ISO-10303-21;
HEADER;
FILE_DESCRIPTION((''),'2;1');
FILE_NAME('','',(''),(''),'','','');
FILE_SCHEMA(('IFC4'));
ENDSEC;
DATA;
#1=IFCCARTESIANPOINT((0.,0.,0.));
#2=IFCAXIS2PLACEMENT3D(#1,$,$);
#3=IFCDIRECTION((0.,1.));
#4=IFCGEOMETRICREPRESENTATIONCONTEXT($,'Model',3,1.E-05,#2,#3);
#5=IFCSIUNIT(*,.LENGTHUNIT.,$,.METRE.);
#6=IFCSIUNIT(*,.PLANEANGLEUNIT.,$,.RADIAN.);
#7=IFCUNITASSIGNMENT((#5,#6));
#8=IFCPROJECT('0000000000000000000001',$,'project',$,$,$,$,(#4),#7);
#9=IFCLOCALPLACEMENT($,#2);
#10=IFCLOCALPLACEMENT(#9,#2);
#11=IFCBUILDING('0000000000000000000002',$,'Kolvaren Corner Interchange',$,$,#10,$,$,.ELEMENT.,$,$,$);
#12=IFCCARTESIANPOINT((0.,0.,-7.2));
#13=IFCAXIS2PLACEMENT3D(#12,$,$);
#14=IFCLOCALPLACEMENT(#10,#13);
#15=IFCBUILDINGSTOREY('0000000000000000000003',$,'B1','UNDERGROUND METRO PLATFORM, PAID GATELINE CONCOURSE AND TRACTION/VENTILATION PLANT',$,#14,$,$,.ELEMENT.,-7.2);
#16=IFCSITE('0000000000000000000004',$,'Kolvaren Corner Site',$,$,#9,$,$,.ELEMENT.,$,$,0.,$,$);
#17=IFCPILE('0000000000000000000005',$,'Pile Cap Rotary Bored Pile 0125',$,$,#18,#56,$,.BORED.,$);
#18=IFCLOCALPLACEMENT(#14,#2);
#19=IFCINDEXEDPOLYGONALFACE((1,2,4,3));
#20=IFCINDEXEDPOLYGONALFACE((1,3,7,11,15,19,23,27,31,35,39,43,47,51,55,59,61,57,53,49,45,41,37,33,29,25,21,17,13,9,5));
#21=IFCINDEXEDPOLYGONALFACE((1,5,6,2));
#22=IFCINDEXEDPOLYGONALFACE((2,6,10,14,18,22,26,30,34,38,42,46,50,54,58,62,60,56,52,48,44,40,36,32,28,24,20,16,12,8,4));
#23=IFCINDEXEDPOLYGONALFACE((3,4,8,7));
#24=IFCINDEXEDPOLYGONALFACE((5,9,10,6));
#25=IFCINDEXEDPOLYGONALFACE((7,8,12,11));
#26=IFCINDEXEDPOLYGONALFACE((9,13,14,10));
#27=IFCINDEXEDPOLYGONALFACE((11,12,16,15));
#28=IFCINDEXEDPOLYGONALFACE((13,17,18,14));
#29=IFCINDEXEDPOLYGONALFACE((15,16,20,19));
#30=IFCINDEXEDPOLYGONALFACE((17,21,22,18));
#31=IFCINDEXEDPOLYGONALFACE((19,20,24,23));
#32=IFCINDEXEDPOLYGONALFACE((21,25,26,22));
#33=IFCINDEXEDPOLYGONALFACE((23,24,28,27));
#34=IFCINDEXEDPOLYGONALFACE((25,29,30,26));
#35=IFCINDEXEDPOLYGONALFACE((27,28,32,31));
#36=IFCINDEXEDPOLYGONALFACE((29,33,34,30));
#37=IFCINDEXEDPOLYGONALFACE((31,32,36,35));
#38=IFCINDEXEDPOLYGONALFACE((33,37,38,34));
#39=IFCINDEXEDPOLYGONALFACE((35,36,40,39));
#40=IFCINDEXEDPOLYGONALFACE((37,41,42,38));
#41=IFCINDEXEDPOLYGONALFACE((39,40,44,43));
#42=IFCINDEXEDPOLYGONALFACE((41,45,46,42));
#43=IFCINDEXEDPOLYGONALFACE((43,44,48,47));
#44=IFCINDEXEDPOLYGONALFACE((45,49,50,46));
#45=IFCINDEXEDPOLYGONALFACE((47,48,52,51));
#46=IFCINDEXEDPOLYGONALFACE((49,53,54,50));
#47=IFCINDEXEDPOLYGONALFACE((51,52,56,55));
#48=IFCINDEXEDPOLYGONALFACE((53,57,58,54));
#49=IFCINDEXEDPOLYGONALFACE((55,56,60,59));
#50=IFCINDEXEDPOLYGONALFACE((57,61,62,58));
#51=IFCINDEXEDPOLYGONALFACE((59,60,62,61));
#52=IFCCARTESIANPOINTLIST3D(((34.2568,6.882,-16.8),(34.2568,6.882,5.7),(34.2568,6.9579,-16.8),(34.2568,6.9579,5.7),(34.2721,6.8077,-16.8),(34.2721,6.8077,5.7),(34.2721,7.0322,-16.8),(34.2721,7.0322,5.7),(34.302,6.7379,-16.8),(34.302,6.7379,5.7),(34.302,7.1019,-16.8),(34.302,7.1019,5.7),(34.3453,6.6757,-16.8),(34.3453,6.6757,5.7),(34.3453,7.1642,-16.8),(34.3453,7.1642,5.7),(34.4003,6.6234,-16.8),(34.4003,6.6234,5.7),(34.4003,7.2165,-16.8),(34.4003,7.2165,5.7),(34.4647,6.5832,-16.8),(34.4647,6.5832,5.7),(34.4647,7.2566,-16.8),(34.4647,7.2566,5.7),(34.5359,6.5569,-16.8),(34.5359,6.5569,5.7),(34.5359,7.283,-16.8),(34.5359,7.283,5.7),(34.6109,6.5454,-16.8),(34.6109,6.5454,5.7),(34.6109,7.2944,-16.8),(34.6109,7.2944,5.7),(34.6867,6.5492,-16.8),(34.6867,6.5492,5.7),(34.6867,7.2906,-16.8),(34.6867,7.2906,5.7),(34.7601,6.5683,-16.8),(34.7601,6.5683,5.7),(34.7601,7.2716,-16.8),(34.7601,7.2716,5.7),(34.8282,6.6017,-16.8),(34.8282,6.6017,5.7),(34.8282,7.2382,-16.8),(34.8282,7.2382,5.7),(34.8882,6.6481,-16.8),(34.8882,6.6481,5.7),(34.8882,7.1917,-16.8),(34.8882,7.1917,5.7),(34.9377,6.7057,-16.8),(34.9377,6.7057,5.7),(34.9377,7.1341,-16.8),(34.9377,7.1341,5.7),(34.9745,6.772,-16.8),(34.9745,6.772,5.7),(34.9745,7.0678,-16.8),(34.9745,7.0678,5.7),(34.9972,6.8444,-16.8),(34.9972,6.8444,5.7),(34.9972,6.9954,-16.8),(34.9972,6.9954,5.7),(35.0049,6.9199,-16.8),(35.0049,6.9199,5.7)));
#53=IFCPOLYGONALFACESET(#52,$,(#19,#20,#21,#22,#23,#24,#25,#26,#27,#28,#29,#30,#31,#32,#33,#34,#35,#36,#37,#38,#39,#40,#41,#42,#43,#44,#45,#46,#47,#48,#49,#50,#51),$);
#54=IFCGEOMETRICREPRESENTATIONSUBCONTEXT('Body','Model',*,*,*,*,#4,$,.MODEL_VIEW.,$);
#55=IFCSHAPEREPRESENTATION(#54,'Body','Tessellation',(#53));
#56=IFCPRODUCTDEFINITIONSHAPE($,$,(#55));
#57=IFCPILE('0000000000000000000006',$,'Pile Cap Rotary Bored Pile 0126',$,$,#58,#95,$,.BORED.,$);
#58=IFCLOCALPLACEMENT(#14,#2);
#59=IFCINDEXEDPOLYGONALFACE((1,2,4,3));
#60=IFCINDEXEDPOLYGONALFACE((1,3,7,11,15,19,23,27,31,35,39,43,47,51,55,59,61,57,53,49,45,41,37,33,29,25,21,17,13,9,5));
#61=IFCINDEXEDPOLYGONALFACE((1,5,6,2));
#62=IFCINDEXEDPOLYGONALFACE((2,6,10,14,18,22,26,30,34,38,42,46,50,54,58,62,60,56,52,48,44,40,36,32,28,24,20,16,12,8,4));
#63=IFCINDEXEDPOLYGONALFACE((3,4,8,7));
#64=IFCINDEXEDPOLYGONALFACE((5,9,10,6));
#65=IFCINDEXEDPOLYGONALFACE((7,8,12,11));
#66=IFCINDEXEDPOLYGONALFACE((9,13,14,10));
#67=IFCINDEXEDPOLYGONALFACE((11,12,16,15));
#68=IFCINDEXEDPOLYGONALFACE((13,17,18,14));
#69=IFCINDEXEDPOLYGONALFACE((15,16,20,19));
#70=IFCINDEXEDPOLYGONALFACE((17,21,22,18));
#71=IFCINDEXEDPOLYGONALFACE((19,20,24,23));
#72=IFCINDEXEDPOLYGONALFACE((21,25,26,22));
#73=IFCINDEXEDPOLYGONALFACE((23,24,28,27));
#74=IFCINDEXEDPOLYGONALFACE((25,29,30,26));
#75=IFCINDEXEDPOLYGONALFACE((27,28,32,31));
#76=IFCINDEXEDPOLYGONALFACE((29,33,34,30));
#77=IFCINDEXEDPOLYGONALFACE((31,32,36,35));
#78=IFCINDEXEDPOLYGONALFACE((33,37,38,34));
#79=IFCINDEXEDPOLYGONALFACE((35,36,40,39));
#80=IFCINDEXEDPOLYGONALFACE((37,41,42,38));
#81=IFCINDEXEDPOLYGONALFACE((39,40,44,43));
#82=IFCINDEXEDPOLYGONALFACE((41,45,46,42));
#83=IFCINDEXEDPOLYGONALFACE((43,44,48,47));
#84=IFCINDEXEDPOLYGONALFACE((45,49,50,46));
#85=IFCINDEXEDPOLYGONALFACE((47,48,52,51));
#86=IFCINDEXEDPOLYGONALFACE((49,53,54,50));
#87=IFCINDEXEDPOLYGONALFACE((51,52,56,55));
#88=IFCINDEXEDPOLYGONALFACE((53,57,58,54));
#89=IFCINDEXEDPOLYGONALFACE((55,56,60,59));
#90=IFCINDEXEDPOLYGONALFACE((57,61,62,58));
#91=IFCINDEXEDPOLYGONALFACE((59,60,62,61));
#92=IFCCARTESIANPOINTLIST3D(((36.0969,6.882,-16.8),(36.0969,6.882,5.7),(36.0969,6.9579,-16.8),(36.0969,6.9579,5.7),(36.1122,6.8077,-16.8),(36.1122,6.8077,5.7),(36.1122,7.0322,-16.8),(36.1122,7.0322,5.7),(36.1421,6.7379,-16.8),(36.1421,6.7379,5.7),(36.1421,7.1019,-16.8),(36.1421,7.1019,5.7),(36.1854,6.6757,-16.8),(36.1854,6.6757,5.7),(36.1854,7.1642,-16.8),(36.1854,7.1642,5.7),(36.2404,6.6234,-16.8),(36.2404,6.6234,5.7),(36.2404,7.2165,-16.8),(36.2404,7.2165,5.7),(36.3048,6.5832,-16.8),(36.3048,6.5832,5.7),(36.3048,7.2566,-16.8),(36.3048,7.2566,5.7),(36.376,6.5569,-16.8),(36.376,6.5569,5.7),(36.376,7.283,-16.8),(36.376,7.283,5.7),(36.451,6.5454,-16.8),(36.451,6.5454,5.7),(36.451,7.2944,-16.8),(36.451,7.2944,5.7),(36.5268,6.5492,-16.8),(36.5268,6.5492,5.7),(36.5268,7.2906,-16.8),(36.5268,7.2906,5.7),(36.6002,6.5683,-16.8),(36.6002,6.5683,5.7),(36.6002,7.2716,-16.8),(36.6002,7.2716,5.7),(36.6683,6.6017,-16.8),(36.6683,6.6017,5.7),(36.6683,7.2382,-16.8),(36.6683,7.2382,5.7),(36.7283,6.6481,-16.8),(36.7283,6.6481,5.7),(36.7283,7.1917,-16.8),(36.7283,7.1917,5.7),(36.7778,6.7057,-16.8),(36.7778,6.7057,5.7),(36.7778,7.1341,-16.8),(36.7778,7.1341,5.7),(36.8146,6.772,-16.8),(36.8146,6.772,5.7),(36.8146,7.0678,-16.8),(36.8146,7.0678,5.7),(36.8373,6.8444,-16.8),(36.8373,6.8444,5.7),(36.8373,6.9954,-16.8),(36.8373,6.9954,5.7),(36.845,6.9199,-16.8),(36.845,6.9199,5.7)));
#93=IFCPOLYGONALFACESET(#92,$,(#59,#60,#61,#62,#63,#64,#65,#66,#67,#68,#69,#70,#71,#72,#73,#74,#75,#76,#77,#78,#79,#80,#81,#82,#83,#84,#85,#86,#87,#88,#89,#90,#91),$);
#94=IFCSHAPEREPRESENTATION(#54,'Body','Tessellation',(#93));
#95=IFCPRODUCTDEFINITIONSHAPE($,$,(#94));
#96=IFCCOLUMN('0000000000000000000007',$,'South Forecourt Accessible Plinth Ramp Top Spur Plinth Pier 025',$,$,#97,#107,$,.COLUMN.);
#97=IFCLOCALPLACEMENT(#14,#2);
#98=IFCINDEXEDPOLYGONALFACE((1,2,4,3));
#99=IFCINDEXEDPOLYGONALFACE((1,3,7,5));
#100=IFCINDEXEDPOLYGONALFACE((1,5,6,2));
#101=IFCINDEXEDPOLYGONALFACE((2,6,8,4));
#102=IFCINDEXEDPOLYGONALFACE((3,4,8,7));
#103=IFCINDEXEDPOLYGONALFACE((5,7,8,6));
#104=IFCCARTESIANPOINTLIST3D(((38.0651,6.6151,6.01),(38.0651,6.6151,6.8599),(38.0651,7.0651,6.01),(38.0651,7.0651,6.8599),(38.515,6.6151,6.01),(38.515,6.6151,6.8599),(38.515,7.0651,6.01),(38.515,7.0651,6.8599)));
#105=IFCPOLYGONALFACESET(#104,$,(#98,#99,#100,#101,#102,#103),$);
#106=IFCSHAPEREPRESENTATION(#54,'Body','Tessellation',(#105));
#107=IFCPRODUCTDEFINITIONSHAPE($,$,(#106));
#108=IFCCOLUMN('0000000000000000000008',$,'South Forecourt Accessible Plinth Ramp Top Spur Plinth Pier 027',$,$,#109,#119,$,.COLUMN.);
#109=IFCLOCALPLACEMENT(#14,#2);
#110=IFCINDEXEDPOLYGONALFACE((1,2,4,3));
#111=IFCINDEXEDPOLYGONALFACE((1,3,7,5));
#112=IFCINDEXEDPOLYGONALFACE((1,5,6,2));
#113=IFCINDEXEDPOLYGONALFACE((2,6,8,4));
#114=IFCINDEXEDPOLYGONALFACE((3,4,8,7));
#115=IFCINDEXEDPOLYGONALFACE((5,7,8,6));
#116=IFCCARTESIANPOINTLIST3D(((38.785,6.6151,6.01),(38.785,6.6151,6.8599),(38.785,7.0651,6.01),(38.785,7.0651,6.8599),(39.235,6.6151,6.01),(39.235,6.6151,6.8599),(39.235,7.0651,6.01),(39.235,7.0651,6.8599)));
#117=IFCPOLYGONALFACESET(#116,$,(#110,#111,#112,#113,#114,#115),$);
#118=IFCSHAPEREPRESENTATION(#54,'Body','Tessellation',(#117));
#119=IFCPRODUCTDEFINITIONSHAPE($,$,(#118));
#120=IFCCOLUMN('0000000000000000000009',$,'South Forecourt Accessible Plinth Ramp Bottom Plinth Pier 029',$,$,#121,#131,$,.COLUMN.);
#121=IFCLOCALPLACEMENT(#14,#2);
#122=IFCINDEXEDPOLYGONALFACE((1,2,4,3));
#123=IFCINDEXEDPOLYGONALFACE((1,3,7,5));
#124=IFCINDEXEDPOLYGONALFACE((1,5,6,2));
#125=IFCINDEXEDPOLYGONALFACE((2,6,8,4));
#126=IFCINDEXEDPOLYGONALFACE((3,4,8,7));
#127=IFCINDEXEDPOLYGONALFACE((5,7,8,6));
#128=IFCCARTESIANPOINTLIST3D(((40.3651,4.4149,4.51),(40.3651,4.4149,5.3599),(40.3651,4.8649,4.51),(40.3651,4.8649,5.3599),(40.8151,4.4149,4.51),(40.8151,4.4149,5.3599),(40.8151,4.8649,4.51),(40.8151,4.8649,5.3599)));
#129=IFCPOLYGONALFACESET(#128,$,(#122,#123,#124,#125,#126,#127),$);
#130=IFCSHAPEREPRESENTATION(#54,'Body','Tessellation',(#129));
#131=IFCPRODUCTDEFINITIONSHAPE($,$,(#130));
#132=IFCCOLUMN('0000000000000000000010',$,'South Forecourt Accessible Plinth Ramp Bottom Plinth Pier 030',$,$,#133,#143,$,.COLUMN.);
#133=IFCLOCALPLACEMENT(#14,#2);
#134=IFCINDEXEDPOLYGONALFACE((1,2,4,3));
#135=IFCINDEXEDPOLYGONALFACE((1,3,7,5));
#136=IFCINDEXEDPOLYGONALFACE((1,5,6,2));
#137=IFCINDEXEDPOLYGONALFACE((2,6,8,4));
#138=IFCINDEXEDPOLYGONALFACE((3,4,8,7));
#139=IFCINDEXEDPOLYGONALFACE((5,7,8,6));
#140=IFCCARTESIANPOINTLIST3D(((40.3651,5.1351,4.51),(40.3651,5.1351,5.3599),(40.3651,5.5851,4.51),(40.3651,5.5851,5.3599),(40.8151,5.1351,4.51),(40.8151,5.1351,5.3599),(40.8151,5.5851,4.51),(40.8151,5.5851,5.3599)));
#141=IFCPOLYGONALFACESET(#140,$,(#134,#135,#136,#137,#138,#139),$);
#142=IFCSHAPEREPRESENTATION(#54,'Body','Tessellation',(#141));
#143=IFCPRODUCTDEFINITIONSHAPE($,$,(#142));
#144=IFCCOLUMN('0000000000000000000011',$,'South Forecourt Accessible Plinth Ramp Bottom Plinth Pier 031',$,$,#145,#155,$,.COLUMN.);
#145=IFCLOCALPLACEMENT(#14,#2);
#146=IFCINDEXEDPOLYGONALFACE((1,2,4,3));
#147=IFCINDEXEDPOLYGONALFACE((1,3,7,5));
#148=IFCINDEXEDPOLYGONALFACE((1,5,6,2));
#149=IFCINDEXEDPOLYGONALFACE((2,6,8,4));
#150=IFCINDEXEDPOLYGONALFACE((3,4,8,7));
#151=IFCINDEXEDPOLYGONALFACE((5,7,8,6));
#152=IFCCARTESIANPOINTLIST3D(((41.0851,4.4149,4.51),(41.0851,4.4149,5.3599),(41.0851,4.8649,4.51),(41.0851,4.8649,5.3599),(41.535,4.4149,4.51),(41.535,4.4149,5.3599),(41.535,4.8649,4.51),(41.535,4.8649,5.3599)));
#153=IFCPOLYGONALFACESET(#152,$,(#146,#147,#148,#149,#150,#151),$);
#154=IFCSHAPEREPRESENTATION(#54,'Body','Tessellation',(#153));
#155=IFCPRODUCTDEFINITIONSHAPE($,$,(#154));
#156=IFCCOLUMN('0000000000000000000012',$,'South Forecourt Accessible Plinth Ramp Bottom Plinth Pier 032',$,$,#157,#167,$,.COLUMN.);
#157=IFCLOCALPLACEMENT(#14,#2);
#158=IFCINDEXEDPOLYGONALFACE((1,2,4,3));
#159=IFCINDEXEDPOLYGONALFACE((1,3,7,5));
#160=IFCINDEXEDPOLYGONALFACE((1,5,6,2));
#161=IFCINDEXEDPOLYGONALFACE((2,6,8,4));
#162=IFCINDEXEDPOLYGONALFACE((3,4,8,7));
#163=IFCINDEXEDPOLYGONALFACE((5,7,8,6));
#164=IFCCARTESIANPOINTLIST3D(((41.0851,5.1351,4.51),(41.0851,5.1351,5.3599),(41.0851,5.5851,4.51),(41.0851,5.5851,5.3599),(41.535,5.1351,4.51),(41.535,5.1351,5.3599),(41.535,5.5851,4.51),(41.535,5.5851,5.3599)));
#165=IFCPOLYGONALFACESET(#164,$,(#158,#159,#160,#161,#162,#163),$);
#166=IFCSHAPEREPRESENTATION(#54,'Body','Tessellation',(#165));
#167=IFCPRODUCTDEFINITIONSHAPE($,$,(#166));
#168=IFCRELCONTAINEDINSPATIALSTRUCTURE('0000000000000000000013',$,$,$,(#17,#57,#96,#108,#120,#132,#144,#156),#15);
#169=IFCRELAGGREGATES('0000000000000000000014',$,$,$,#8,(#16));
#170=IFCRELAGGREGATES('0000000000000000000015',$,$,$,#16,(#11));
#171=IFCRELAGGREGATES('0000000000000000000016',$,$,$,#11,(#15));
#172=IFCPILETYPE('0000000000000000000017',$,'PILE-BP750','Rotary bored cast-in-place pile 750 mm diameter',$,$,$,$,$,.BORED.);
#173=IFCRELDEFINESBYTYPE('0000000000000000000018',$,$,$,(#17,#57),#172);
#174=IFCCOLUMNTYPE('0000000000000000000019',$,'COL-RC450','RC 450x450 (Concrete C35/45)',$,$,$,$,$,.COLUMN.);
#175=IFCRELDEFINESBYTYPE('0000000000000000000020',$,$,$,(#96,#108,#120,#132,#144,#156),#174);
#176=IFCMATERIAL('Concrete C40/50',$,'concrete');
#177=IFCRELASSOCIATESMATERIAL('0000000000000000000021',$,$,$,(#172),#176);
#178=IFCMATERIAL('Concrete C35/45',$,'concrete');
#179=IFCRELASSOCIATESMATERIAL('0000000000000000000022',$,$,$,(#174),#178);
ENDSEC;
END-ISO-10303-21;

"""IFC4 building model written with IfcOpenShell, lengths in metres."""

from ifc_helpers import new_model, si_unit, direction, frame, origin, origin_2d, place, context, subcontext, project, spatial, rectangle, circle, extrude, material, material_profile, profile_set, type_object, element, save


model = new_model("IFC4")

# Units and contexts
model_context = context("Model", 3, precision=1e-05, world=origin(), true_north=direction((0.0, 1.0)))
body_context = subcontext(model_context, "Body", "Model", "MODEL_VIEW")
ifc_project = project(units=[si_unit("LENGTHUNIT", "METRE"), si_unit("PLANEANGLEUNIT", "RADIAN")], contexts=[model_context])

# Site, building, storey
site_placement = place(None, origin())
site = spatial("IfcSite", under=ifc_project, at=site_placement, Name="Kolvaren Corner Site", CompositionType="ELEMENT", RefElevation=0.0)
building_placement = place(site_placement, origin())
building = spatial("IfcBuilding", under=site, at=building_placement, Name="Kolvaren Corner Interchange", CompositionType="ELEMENT")
storey_placement = place(building_placement, frame((0.0, 0.0, -7.2)))
storey = spatial("IfcBuildingStorey", under=building, at=storey_placement, Name="B1", Description="UNDERGROUND METRO PLATFORM, PAID GATELINE CONCOURSE AND TRACTION/VENTILATION PLANT", CompositionType="ELEMENT", Elevation=-7.2)

# Piles
ifc_material_1 = material(Name="Concrete C40/50", Category="concrete")
ifc_material_profile_1 = material_profile(ifc_material_1, circle(Radius=0.375, at=origin_2d()), Name="BORED PILE 750")
ifc_profile_set_1 = profile_set([ifc_material_profile_1], Name="Concrete C40/50")
pile_type_1 = type_object("IfcPileType", Name="PILE-BP750", Description="Rotary bored cast-in-place pile 750 mm diameter", PredefinedType="BORED", material=ifc_profile_set_1)
for number, where, z_axis, x_axis, name in (
    (1, (34.6299, 6.9199, 5.7), (0.0, 0.0, -1.0), (1.0, 0.0, 0.0), "Pile Cap Rotary Bored Pile 0125"),
    (2, (36.47, 6.9199, 5.7), (0.0, 0.0, -1.0), (1.0, 0.0, 0.0), "Pile Cap Rotary Bored Pile 0126"),
):
    element("IfcPile", number, at=place(storey_placement, frame(where, z_axis=z_axis, x_axis=x_axis)), inside=storey, type_object=pile_type_1, Name=name, PredefinedType="BORED", context=body_context, shape_type="SweptSolid", body=[
        extrude(circle(Radius=0.375, at=origin_2d()), origin(), (0.0, 0.0, 1.0), 22.5),
    ])

# Columns
ifc_material_2 = material(Name="Concrete C35/45", Category="concrete")
ifc_material_profile_2 = material_profile(ifc_material_2, rectangle(XDim=0.45, YDim=0.45, at=origin_2d()), Name="RC 450x450")
ifc_profile_set_2 = profile_set([ifc_material_profile_2], Name="Concrete C35/45")
column_type = type_object("IfcColumnType", Name="COL-RC450", Description="RC 450x450 (Concrete C35/45)", PredefinedType="COLUMN", material=ifc_profile_set_2)
for number, where, z_axis, x_axis, name in (
    (3, (38.29, 6.8401, 6.01), (0.0, 0.0, 1.0), (1.0, 0.0, 0.0), "South Forecourt Accessible Plinth Ramp Top Spur Plinth Pier 025"),
    (4, (39.01, 6.8401, 6.01), (0.0, 0.0, 1.0), (1.0, 0.0, 0.0), "South Forecourt Accessible Plinth Ramp Top Spur Plinth Pier 027"),
    (5, (40.5901, 4.6399, 4.51), (0.0, 0.0, 1.0), (1.0, 0.0, 0.0), "South Forecourt Accessible Plinth Ramp Bottom Plinth Pier 029"),
    (6, (40.5901, 5.3601, 4.51), (0.0, 0.0, 1.0), (1.0, 0.0, 0.0), "South Forecourt Accessible Plinth Ramp Bottom Plinth Pier 030"),
    (7, (41.3101, 4.6399, 4.51), (0.0, 0.0, 1.0), (1.0, 0.0, 0.0), "South Forecourt Accessible Plinth Ramp Bottom Plinth Pier 031"),
    (8, (41.3101, 5.3601, 4.51), (0.0, 0.0, 1.0), (1.0, 0.0, 0.0), "South Forecourt Accessible Plinth Ramp Bottom Plinth Pier 032"),
):
    element("IfcColumn", number, at=place(storey_placement, frame(where, z_axis=z_axis, x_axis=x_axis)), inside=storey, type_object=column_type, Name=name, PredefinedType="COLUMN", context=body_context, shape_type="SweptSolid", body=[
        extrude(rectangle(XDim=0.45, YDim=0.45, at=origin_2d()), origin(), (0.0, 0.0, 1.0), 0.8499),
    ])

save(model, "model.ifc")
